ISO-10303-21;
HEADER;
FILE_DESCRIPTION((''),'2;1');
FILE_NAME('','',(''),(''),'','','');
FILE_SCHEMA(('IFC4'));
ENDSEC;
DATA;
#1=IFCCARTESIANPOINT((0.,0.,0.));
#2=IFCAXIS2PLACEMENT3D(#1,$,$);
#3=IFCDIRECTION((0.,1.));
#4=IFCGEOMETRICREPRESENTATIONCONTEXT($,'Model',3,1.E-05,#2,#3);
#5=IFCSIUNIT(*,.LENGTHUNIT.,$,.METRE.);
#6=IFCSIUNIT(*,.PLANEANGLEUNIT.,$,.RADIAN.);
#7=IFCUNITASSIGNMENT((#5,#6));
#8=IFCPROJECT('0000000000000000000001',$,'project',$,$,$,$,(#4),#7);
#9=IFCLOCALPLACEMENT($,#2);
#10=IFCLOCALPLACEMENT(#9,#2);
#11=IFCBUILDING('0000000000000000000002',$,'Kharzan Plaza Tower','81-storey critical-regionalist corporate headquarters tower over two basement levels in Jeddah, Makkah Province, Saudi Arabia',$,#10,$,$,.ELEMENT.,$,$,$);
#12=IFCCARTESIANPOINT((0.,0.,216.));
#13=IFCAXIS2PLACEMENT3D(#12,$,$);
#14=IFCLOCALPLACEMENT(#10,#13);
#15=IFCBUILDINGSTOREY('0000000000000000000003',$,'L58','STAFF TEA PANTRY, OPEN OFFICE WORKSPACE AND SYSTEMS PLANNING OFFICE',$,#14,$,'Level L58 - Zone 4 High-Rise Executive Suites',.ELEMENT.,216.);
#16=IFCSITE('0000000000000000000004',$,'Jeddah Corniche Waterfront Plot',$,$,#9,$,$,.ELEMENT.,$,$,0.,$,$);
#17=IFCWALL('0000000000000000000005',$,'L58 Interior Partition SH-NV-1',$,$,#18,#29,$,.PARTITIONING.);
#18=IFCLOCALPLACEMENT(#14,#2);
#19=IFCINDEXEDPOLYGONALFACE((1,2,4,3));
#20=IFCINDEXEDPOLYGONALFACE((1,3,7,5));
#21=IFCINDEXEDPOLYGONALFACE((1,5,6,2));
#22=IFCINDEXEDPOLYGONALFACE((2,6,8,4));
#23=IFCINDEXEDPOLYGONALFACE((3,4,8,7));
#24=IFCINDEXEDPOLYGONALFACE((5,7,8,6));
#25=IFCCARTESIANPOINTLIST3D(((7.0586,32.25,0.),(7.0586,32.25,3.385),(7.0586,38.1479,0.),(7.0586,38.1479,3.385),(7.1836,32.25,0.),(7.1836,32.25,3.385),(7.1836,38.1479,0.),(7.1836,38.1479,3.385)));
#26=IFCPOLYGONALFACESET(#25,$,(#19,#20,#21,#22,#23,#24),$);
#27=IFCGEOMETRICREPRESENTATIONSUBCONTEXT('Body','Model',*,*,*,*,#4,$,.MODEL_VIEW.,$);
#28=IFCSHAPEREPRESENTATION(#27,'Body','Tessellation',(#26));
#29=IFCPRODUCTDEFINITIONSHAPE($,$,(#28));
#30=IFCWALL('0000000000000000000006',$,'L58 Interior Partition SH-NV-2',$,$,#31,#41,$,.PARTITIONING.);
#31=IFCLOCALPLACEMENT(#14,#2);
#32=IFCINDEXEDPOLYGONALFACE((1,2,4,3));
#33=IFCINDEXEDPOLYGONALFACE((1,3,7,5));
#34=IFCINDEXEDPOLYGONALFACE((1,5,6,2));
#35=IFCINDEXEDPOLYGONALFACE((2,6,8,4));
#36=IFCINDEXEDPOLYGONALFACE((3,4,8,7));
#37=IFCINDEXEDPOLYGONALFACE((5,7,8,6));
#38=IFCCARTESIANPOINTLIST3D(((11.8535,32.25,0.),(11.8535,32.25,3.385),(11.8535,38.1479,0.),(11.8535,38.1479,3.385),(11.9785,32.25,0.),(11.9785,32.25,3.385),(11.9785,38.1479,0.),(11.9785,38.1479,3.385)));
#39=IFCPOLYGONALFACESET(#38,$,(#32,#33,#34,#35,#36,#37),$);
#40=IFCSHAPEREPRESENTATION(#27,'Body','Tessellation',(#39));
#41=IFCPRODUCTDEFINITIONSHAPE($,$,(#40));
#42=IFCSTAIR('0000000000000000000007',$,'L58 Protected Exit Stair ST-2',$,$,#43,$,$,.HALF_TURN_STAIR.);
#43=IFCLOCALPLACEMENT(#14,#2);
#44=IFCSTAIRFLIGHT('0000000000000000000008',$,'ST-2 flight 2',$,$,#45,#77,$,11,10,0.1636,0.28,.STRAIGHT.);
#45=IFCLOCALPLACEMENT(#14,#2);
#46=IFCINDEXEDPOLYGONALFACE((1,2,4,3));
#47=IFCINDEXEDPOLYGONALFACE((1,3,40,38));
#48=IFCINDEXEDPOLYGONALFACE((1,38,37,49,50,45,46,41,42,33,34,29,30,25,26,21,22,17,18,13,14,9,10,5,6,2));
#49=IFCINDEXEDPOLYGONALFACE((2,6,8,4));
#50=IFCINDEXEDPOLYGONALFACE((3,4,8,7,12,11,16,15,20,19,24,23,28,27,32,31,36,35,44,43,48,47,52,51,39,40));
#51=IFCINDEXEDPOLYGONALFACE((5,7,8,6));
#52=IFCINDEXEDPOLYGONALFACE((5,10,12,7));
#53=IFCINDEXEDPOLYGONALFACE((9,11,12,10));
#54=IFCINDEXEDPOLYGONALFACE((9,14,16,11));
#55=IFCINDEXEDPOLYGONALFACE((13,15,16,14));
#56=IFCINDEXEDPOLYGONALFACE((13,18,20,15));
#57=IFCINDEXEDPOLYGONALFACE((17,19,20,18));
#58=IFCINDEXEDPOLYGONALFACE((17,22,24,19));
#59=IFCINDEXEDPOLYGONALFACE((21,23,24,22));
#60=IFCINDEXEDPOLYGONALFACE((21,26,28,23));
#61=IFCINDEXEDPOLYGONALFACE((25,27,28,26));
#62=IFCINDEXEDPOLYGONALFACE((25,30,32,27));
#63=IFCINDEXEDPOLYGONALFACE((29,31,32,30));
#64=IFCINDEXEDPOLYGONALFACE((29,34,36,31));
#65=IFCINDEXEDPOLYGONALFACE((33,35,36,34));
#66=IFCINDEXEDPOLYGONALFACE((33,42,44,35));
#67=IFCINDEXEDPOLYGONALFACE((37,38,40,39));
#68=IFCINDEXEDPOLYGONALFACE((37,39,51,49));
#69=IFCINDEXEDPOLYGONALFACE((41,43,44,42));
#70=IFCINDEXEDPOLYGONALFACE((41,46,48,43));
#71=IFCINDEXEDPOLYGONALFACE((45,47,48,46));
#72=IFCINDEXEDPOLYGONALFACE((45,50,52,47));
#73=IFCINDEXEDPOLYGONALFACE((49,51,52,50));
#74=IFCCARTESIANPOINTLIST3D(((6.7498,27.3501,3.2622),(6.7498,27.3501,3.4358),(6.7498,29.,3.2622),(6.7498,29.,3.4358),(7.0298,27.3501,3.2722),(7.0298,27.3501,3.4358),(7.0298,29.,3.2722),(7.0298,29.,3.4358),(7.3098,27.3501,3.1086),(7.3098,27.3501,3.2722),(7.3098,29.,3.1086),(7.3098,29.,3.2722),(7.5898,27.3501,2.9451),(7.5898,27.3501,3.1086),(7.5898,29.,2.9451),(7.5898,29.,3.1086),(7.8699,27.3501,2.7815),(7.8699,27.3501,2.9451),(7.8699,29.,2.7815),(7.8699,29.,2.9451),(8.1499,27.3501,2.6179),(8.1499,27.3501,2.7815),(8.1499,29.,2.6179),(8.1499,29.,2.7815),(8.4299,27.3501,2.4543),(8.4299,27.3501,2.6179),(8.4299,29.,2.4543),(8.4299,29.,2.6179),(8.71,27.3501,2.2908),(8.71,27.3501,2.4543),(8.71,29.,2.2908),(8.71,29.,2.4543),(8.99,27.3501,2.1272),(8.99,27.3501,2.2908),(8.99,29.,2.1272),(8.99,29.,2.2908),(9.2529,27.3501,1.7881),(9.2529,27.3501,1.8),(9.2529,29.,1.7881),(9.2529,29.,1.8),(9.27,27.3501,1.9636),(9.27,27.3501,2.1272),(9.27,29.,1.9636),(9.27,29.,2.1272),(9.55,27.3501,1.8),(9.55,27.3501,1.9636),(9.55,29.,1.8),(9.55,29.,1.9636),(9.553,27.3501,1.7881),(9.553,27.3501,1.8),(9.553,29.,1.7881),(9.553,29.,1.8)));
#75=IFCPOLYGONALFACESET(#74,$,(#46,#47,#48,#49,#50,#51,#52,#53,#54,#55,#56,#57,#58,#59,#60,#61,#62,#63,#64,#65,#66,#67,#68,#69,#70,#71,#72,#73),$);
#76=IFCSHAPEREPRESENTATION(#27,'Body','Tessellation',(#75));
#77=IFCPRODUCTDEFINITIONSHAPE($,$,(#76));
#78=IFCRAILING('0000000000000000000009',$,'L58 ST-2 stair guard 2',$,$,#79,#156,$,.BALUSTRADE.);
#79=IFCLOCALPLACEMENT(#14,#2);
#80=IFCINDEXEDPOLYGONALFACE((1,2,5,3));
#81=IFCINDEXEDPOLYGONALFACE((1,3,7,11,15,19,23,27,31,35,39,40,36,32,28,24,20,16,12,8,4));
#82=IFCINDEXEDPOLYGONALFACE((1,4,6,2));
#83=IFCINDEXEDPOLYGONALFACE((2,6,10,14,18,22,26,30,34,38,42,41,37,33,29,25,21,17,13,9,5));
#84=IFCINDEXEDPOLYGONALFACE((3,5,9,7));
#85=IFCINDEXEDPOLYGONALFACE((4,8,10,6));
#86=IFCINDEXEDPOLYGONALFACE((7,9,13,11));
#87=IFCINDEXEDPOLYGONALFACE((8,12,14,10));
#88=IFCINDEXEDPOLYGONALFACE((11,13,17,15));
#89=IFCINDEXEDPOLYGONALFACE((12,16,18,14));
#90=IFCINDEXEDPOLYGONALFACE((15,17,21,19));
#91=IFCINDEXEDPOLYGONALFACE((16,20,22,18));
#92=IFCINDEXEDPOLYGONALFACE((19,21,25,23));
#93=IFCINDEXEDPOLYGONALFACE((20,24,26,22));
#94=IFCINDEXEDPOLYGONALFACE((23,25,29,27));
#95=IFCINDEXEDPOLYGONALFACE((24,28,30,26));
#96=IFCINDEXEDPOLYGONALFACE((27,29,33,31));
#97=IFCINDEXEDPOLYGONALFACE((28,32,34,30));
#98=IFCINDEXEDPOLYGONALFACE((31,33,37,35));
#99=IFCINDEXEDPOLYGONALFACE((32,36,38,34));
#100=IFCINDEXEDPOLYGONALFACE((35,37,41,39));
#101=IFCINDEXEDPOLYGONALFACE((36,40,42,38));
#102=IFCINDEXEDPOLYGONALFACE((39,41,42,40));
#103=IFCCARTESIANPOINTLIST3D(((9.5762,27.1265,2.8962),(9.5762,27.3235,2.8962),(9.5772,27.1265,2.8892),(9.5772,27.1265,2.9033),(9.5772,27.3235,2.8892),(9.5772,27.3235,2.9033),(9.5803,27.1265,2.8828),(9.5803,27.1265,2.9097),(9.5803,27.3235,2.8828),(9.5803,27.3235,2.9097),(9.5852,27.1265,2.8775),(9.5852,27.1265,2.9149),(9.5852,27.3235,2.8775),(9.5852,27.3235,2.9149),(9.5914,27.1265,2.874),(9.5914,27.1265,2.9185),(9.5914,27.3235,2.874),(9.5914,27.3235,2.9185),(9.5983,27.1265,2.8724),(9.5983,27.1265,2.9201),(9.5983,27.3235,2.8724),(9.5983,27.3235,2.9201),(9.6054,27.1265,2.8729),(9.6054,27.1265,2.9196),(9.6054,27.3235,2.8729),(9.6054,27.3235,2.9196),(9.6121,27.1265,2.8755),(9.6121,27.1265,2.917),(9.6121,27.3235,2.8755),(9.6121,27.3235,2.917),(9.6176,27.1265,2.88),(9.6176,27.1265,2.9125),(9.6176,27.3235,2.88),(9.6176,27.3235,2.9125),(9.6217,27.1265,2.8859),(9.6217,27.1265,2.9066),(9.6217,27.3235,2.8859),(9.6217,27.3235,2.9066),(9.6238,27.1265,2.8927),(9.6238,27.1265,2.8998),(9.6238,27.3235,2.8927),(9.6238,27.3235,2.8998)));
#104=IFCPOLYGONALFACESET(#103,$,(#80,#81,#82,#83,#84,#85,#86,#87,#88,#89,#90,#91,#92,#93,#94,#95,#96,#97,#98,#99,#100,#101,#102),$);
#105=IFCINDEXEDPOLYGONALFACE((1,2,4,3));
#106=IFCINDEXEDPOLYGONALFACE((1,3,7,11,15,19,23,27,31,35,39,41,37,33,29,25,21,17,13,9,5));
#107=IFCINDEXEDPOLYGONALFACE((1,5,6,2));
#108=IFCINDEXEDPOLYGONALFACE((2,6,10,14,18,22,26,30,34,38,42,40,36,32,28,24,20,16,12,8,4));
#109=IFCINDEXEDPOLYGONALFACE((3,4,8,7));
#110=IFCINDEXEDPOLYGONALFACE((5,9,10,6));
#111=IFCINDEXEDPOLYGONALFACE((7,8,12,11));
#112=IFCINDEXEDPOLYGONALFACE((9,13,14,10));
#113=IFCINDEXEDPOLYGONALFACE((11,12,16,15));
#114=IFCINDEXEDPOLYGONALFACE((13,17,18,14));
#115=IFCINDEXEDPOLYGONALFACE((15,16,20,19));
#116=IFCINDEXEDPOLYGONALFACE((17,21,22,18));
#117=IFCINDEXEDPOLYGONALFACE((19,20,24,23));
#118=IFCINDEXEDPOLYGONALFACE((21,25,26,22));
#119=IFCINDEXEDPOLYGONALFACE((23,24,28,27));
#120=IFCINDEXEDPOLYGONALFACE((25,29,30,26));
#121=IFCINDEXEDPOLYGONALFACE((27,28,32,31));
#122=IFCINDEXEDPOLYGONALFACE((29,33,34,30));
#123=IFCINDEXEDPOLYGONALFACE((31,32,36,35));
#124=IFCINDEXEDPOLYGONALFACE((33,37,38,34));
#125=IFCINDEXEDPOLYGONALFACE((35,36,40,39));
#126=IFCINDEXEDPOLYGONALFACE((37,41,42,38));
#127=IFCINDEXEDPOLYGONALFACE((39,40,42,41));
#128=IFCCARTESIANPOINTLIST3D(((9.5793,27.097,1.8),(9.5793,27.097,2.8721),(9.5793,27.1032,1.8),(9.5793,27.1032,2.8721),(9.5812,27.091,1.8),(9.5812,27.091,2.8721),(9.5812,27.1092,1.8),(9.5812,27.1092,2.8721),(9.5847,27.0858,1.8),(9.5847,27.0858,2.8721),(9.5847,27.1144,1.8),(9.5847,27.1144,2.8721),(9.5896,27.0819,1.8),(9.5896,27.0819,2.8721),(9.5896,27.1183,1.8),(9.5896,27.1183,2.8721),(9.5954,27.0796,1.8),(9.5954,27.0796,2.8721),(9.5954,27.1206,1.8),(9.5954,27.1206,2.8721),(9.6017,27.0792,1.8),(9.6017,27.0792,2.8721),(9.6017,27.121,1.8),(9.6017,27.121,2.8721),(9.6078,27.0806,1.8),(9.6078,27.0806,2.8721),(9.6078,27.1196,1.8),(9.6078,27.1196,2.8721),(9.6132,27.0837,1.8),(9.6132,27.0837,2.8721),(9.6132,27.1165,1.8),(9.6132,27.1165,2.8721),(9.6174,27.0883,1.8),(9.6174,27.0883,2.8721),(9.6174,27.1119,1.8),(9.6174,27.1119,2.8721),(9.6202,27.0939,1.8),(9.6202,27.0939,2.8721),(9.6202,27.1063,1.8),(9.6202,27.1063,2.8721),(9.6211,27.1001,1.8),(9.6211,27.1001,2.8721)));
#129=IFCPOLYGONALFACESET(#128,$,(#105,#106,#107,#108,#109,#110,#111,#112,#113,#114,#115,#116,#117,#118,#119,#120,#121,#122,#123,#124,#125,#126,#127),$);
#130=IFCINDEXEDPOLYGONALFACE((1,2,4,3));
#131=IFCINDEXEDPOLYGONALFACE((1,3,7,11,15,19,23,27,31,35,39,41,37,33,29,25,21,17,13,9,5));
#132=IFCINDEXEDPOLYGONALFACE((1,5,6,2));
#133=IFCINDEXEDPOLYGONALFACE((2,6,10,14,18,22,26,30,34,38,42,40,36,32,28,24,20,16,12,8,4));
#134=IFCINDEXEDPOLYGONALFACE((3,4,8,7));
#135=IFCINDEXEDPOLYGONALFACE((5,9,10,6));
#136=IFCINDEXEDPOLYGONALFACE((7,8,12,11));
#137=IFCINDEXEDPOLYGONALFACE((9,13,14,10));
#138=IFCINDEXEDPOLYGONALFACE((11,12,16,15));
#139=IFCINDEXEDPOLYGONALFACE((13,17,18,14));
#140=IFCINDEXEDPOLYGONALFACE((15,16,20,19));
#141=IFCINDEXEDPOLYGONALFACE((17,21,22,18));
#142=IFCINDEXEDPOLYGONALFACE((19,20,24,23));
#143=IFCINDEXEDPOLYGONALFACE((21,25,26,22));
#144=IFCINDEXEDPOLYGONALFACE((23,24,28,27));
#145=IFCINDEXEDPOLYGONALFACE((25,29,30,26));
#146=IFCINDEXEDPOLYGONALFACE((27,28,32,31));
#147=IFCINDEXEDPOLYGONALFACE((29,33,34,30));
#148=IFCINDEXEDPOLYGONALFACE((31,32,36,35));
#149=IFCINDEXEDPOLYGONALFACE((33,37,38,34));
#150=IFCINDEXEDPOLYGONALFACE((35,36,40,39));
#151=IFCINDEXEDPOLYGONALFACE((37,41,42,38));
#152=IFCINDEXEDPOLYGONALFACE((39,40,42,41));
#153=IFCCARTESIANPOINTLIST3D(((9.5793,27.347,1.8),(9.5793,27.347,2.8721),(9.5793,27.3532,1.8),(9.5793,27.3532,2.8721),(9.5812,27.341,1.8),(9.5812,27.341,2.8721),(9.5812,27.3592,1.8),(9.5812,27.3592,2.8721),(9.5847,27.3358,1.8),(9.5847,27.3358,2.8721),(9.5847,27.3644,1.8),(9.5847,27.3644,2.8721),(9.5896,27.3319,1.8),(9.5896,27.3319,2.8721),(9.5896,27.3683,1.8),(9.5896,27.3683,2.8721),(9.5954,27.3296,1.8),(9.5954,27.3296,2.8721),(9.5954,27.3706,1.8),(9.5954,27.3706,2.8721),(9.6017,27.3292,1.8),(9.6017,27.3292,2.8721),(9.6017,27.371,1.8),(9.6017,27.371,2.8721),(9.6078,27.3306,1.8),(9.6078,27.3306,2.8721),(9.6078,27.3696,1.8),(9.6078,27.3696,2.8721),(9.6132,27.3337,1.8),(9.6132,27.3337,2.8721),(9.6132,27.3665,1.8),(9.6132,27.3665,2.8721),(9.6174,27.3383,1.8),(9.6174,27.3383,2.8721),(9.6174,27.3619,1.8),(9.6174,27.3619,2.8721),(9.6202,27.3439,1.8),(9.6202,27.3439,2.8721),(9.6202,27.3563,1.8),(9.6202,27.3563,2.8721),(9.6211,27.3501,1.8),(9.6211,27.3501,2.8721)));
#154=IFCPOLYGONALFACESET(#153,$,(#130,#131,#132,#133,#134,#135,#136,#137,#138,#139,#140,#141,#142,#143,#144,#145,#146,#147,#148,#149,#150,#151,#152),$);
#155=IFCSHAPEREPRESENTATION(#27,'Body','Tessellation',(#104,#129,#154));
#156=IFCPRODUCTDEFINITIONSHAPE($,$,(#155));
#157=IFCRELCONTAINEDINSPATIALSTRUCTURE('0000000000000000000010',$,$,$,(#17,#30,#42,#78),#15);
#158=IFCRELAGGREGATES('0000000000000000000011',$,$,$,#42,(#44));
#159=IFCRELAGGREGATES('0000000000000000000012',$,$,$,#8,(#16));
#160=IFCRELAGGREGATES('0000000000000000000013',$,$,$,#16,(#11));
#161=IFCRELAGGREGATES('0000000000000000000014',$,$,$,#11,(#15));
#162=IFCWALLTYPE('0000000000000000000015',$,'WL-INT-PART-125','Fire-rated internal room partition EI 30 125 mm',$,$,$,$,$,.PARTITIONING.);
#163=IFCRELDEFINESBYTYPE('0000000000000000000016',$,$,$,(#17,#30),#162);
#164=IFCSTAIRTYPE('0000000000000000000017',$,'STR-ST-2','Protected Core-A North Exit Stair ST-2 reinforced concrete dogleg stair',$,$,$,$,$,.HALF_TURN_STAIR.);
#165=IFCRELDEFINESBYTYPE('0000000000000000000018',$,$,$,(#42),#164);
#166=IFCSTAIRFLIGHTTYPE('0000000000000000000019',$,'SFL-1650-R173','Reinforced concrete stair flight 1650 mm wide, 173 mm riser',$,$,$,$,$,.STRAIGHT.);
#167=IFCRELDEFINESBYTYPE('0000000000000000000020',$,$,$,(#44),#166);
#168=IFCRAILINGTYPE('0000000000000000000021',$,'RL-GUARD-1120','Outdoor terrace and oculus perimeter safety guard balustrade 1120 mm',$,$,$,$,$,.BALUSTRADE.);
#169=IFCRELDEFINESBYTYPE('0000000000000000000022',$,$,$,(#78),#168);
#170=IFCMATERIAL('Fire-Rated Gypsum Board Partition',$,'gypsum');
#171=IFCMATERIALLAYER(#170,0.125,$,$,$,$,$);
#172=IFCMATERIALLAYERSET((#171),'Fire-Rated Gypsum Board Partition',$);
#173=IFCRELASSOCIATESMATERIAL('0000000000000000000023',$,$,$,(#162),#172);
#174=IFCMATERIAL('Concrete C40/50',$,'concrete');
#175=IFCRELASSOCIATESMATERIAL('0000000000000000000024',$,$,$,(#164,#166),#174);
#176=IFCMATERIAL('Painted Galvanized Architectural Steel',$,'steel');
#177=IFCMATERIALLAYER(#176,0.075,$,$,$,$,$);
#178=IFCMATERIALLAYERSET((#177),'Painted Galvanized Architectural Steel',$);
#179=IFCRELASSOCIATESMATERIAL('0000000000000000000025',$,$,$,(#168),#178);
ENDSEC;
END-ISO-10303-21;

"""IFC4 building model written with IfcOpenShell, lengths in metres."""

from ifc_helpers import new_model, si_unit, direction, frame, frame_2d, origin, origin_2d, place, context, subcontext, project, spatial, polyline, rectangle, circle, outline, extrude, source, transform, mapped, material, layer, layer_set, type_object, element, aggregate, save


model = new_model("IFC4")

# Units and contexts
model_context = context("Model", 3, precision=1e-05, world=origin(), true_north=direction((0.0, 1.0)))
body_context = subcontext(model_context, "Body", "Model", "MODEL_VIEW")
ifc_project = project(units=[si_unit("LENGTHUNIT", "METRE"), si_unit("PLANEANGLEUNIT", "RADIAN")], contexts=[model_context])

# Site, building, storey
site_placement = place(None, origin())
site = spatial("IfcSite", under=ifc_project, at=site_placement, Name="Jeddah Corniche Waterfront Plot", CompositionType="ELEMENT", RefElevation=0.0)
building_placement = place(site_placement, origin())
building = spatial("IfcBuilding", under=site, at=building_placement, Name="Kharzan Plaza Tower", Description="81-storey critical-regionalist corporate headquarters tower over two basement levels in Jeddah, Makkah Province, Saudi Arabia", CompositionType="ELEMENT")
storey_placement = place(building_placement, frame((0.0, 0.0, 216.0)))
storey = spatial("IfcBuildingStorey", under=building, at=storey_placement, Name="L58", Description="STAFF TEA PANTRY, OPEN OFFICE WORKSPACE AND SYSTEMS PLANNING OFFICE", LongName="Level L58 - Zone 4 High-Rise Executive Suites", CompositionType="ELEMENT", Elevation=216.0)

# Shared definitions
ifc_material_1 = material(Name="Concrete C40/50", Category="concrete")

# Shared definitions
ifc_material_2 = material(Name="Fire-Rated Gypsum Board Partition", Category="gypsum")
ifc_layer_1 = layer(ifc_material_2, 0.125)
ifc_layer_set_1 = layer_set([ifc_layer_1], Name="Fire-Rated Gypsum Board Partition")
wall_type_1 = type_object("IfcWallType", Name="WL-INT-PART-125", Description="Fire-rated internal room partition EI 30 125 mm", PredefinedType="PARTITIONING", material=ifc_layer_set_1)

# Walls
shared_shape_1 = source(origin(), body_context, "Body", "SweptSolid", [
    extrude(rectangle(XDim=5.8979, YDim=0.125, at=frame_2d((2.949, 0.0))), origin(), (0.0, 0.0, 1.0), 3.385),
])
for number, where, z_axis, x_axis, name in (
    (1, (7.1211, 32.25, 0.0), (0.0, 0.0, 1.0), (0.0, 1.0, 0.0), "L58 Interior Partition SH-NV-1"),
    (2, (11.916, 32.25, 0.0), (0.0, 0.0, 1.0), (0.0, 1.0, 0.0), "L58 Interior Partition SH-NV-2"),
):
    element("IfcWall", number, at=place(storey_placement, frame(where, z_axis=z_axis, x_axis=x_axis)), inside=storey, type_object=wall_type_1, Name=name, PredefinedType="PARTITIONING", context=body_context, shape_type="MappedRepresentation", body=[
        mapped(shared_shape_1, transform((0.0, 0.0, 0.0), x_axis=(1.0, 0.0, 0.0), y_axis=(0.0, 1.0, 0.0), z_axis=(0.0, 0.0, 1.0))),
    ])

# Stair, stair flight
stair_type = type_object("IfcStairType", Name="STR-ST-2", Description="Protected Core-A North Exit Stair ST-2 reinforced concrete dogleg stair", PredefinedType="HALF_TURN_STAIR", material=ifc_material_1)
stair_placement = place(storey_placement, origin())
stair = element("IfcStair", 3, at=stair_placement, inside=storey, type_object=stair_type, Name="L58 Protected Exit Stair ST-2", PredefinedType="HALF_TURN_STAIR")
stair_flight_type = type_object("IfcStairFlightType", Name="SFL-1650-R173", Description="Reinforced concrete stair flight 1650 mm wide, 173 mm riser", PredefinedType="STRAIGHT", material=ifc_material_1)
shared_shape_2 = source(origin(), body_context, "Body", "SweptSolid", [
    extrude(outline(polyline([(-0.0029, -0.012), (-0.0029, 0.0), (0.0, 0.0), (0.0, 0.1636), (0.28, 0.1636), (0.28, 0.3271), (0.5601, 0.3271), (0.5601, 0.4907), (0.8401, 0.4907), (0.8401, 0.6543), (1.1201, 0.6543), (1.1201, 0.8179), (1.4001, 0.8179), (1.4001, 0.9814), (1.6802, 0.9814), (1.6802, 1.145), (1.9602, 1.145), (1.9602, 1.3086), (2.2402, 1.3086), (2.2402, 1.4722), (2.5203, 1.4722), (2.5203, 1.6357), (2.8003, 1.6357), (2.8003, 1.7993), (2.8003, 1.4622), (0.2971, 0.0), (0.2971, -0.012), (-0.0029, -0.012)])), frame((0.0, 0.825, 0.0), z_axis=(0.0, -1.0, 0.0), x_axis=(1.0, 0.0, 0.0)), (0.0, 0.0, 1.0), 1.6499),
])
stair_flight_placement = place(storey_placement, frame((9.55, 28.175, 1.8), z_axis=(0.0, 0.0, 1.0), x_axis=(-1.0, 0.0, 0.0)))
stair_flight = element("IfcStairFlight", 4, at=stair_flight_placement, type_object=stair_flight_type, Name="ST-2 flight 2", NumberOfRisers=11, NumberOfTreads=10, PredefinedType="STRAIGHT", RiserHeight=0.1636, TreadLength=0.28, context=body_context, shape_type="MappedRepresentation", body=[
    mapped(shared_shape_2, transform((0.0, 0.0, 0.0), x_axis=(1.0, 0.0, 0.0), y_axis=(0.0, 1.0, 0.0), z_axis=(0.0, 0.0, 1.0))),
])
aggregate(stair, [stair_flight])

# Railing
ifc_material_3 = material(Name="Painted Galvanized Architectural Steel", Category="steel")
ifc_layer_2 = layer(ifc_material_3, 0.075)
ifc_layer_set_2 = layer_set([ifc_layer_2], Name="Painted Galvanized Architectural Steel")
railing_type_1 = type_object("IfcRailingType", Name="RL-GUARD-1120", Description="Outdoor terrace and oculus perimeter safety guard balustrade 1120 mm", PredefinedType="BALUSTRADE", material=ifc_layer_set_2)
shared_shape_3 = source(origin(), body_context, "Body", "SweptSolid", [
    extrude(circle(Radius=0.0239, at=origin_2d()), frame((0.0, 0.0264, 1.0962), z_axis=(0.0, 1.0, 0.0), x_axis=(-1.0, 0.0, 0.0)), (0.0, 0.0, 1.0), 0.197),
    extrude(circle(Radius=0.021, at=origin_2d()), origin(), (0.0, 0.0, 1.0), 1.072),
    extrude(circle(Radius=0.021, at=origin_2d()), frame((0.0, 0.25, 0.0)), (0.0, 0.0, 1.0), 1.072),
])
for number, where, name in (
    (5, (9.6001, 27.1001, 1.8), "L58 ST-2 stair guard 2"),
):
    element("IfcRailing", number, at=place(storey_placement, frame(where)), inside=storey, type_object=railing_type_1, Name=name, PredefinedType="BALUSTRADE", context=body_context, shape_type="MappedRepresentation", body=[
        mapped(shared_shape_3, transform((0.0, 0.0, 0.0), x_axis=(1.0, 0.0, 0.0), y_axis=(0.0, 1.0, 0.0), z_axis=(0.0, 0.0, 1.0))),
    ])

save(model, "model.ifc")
